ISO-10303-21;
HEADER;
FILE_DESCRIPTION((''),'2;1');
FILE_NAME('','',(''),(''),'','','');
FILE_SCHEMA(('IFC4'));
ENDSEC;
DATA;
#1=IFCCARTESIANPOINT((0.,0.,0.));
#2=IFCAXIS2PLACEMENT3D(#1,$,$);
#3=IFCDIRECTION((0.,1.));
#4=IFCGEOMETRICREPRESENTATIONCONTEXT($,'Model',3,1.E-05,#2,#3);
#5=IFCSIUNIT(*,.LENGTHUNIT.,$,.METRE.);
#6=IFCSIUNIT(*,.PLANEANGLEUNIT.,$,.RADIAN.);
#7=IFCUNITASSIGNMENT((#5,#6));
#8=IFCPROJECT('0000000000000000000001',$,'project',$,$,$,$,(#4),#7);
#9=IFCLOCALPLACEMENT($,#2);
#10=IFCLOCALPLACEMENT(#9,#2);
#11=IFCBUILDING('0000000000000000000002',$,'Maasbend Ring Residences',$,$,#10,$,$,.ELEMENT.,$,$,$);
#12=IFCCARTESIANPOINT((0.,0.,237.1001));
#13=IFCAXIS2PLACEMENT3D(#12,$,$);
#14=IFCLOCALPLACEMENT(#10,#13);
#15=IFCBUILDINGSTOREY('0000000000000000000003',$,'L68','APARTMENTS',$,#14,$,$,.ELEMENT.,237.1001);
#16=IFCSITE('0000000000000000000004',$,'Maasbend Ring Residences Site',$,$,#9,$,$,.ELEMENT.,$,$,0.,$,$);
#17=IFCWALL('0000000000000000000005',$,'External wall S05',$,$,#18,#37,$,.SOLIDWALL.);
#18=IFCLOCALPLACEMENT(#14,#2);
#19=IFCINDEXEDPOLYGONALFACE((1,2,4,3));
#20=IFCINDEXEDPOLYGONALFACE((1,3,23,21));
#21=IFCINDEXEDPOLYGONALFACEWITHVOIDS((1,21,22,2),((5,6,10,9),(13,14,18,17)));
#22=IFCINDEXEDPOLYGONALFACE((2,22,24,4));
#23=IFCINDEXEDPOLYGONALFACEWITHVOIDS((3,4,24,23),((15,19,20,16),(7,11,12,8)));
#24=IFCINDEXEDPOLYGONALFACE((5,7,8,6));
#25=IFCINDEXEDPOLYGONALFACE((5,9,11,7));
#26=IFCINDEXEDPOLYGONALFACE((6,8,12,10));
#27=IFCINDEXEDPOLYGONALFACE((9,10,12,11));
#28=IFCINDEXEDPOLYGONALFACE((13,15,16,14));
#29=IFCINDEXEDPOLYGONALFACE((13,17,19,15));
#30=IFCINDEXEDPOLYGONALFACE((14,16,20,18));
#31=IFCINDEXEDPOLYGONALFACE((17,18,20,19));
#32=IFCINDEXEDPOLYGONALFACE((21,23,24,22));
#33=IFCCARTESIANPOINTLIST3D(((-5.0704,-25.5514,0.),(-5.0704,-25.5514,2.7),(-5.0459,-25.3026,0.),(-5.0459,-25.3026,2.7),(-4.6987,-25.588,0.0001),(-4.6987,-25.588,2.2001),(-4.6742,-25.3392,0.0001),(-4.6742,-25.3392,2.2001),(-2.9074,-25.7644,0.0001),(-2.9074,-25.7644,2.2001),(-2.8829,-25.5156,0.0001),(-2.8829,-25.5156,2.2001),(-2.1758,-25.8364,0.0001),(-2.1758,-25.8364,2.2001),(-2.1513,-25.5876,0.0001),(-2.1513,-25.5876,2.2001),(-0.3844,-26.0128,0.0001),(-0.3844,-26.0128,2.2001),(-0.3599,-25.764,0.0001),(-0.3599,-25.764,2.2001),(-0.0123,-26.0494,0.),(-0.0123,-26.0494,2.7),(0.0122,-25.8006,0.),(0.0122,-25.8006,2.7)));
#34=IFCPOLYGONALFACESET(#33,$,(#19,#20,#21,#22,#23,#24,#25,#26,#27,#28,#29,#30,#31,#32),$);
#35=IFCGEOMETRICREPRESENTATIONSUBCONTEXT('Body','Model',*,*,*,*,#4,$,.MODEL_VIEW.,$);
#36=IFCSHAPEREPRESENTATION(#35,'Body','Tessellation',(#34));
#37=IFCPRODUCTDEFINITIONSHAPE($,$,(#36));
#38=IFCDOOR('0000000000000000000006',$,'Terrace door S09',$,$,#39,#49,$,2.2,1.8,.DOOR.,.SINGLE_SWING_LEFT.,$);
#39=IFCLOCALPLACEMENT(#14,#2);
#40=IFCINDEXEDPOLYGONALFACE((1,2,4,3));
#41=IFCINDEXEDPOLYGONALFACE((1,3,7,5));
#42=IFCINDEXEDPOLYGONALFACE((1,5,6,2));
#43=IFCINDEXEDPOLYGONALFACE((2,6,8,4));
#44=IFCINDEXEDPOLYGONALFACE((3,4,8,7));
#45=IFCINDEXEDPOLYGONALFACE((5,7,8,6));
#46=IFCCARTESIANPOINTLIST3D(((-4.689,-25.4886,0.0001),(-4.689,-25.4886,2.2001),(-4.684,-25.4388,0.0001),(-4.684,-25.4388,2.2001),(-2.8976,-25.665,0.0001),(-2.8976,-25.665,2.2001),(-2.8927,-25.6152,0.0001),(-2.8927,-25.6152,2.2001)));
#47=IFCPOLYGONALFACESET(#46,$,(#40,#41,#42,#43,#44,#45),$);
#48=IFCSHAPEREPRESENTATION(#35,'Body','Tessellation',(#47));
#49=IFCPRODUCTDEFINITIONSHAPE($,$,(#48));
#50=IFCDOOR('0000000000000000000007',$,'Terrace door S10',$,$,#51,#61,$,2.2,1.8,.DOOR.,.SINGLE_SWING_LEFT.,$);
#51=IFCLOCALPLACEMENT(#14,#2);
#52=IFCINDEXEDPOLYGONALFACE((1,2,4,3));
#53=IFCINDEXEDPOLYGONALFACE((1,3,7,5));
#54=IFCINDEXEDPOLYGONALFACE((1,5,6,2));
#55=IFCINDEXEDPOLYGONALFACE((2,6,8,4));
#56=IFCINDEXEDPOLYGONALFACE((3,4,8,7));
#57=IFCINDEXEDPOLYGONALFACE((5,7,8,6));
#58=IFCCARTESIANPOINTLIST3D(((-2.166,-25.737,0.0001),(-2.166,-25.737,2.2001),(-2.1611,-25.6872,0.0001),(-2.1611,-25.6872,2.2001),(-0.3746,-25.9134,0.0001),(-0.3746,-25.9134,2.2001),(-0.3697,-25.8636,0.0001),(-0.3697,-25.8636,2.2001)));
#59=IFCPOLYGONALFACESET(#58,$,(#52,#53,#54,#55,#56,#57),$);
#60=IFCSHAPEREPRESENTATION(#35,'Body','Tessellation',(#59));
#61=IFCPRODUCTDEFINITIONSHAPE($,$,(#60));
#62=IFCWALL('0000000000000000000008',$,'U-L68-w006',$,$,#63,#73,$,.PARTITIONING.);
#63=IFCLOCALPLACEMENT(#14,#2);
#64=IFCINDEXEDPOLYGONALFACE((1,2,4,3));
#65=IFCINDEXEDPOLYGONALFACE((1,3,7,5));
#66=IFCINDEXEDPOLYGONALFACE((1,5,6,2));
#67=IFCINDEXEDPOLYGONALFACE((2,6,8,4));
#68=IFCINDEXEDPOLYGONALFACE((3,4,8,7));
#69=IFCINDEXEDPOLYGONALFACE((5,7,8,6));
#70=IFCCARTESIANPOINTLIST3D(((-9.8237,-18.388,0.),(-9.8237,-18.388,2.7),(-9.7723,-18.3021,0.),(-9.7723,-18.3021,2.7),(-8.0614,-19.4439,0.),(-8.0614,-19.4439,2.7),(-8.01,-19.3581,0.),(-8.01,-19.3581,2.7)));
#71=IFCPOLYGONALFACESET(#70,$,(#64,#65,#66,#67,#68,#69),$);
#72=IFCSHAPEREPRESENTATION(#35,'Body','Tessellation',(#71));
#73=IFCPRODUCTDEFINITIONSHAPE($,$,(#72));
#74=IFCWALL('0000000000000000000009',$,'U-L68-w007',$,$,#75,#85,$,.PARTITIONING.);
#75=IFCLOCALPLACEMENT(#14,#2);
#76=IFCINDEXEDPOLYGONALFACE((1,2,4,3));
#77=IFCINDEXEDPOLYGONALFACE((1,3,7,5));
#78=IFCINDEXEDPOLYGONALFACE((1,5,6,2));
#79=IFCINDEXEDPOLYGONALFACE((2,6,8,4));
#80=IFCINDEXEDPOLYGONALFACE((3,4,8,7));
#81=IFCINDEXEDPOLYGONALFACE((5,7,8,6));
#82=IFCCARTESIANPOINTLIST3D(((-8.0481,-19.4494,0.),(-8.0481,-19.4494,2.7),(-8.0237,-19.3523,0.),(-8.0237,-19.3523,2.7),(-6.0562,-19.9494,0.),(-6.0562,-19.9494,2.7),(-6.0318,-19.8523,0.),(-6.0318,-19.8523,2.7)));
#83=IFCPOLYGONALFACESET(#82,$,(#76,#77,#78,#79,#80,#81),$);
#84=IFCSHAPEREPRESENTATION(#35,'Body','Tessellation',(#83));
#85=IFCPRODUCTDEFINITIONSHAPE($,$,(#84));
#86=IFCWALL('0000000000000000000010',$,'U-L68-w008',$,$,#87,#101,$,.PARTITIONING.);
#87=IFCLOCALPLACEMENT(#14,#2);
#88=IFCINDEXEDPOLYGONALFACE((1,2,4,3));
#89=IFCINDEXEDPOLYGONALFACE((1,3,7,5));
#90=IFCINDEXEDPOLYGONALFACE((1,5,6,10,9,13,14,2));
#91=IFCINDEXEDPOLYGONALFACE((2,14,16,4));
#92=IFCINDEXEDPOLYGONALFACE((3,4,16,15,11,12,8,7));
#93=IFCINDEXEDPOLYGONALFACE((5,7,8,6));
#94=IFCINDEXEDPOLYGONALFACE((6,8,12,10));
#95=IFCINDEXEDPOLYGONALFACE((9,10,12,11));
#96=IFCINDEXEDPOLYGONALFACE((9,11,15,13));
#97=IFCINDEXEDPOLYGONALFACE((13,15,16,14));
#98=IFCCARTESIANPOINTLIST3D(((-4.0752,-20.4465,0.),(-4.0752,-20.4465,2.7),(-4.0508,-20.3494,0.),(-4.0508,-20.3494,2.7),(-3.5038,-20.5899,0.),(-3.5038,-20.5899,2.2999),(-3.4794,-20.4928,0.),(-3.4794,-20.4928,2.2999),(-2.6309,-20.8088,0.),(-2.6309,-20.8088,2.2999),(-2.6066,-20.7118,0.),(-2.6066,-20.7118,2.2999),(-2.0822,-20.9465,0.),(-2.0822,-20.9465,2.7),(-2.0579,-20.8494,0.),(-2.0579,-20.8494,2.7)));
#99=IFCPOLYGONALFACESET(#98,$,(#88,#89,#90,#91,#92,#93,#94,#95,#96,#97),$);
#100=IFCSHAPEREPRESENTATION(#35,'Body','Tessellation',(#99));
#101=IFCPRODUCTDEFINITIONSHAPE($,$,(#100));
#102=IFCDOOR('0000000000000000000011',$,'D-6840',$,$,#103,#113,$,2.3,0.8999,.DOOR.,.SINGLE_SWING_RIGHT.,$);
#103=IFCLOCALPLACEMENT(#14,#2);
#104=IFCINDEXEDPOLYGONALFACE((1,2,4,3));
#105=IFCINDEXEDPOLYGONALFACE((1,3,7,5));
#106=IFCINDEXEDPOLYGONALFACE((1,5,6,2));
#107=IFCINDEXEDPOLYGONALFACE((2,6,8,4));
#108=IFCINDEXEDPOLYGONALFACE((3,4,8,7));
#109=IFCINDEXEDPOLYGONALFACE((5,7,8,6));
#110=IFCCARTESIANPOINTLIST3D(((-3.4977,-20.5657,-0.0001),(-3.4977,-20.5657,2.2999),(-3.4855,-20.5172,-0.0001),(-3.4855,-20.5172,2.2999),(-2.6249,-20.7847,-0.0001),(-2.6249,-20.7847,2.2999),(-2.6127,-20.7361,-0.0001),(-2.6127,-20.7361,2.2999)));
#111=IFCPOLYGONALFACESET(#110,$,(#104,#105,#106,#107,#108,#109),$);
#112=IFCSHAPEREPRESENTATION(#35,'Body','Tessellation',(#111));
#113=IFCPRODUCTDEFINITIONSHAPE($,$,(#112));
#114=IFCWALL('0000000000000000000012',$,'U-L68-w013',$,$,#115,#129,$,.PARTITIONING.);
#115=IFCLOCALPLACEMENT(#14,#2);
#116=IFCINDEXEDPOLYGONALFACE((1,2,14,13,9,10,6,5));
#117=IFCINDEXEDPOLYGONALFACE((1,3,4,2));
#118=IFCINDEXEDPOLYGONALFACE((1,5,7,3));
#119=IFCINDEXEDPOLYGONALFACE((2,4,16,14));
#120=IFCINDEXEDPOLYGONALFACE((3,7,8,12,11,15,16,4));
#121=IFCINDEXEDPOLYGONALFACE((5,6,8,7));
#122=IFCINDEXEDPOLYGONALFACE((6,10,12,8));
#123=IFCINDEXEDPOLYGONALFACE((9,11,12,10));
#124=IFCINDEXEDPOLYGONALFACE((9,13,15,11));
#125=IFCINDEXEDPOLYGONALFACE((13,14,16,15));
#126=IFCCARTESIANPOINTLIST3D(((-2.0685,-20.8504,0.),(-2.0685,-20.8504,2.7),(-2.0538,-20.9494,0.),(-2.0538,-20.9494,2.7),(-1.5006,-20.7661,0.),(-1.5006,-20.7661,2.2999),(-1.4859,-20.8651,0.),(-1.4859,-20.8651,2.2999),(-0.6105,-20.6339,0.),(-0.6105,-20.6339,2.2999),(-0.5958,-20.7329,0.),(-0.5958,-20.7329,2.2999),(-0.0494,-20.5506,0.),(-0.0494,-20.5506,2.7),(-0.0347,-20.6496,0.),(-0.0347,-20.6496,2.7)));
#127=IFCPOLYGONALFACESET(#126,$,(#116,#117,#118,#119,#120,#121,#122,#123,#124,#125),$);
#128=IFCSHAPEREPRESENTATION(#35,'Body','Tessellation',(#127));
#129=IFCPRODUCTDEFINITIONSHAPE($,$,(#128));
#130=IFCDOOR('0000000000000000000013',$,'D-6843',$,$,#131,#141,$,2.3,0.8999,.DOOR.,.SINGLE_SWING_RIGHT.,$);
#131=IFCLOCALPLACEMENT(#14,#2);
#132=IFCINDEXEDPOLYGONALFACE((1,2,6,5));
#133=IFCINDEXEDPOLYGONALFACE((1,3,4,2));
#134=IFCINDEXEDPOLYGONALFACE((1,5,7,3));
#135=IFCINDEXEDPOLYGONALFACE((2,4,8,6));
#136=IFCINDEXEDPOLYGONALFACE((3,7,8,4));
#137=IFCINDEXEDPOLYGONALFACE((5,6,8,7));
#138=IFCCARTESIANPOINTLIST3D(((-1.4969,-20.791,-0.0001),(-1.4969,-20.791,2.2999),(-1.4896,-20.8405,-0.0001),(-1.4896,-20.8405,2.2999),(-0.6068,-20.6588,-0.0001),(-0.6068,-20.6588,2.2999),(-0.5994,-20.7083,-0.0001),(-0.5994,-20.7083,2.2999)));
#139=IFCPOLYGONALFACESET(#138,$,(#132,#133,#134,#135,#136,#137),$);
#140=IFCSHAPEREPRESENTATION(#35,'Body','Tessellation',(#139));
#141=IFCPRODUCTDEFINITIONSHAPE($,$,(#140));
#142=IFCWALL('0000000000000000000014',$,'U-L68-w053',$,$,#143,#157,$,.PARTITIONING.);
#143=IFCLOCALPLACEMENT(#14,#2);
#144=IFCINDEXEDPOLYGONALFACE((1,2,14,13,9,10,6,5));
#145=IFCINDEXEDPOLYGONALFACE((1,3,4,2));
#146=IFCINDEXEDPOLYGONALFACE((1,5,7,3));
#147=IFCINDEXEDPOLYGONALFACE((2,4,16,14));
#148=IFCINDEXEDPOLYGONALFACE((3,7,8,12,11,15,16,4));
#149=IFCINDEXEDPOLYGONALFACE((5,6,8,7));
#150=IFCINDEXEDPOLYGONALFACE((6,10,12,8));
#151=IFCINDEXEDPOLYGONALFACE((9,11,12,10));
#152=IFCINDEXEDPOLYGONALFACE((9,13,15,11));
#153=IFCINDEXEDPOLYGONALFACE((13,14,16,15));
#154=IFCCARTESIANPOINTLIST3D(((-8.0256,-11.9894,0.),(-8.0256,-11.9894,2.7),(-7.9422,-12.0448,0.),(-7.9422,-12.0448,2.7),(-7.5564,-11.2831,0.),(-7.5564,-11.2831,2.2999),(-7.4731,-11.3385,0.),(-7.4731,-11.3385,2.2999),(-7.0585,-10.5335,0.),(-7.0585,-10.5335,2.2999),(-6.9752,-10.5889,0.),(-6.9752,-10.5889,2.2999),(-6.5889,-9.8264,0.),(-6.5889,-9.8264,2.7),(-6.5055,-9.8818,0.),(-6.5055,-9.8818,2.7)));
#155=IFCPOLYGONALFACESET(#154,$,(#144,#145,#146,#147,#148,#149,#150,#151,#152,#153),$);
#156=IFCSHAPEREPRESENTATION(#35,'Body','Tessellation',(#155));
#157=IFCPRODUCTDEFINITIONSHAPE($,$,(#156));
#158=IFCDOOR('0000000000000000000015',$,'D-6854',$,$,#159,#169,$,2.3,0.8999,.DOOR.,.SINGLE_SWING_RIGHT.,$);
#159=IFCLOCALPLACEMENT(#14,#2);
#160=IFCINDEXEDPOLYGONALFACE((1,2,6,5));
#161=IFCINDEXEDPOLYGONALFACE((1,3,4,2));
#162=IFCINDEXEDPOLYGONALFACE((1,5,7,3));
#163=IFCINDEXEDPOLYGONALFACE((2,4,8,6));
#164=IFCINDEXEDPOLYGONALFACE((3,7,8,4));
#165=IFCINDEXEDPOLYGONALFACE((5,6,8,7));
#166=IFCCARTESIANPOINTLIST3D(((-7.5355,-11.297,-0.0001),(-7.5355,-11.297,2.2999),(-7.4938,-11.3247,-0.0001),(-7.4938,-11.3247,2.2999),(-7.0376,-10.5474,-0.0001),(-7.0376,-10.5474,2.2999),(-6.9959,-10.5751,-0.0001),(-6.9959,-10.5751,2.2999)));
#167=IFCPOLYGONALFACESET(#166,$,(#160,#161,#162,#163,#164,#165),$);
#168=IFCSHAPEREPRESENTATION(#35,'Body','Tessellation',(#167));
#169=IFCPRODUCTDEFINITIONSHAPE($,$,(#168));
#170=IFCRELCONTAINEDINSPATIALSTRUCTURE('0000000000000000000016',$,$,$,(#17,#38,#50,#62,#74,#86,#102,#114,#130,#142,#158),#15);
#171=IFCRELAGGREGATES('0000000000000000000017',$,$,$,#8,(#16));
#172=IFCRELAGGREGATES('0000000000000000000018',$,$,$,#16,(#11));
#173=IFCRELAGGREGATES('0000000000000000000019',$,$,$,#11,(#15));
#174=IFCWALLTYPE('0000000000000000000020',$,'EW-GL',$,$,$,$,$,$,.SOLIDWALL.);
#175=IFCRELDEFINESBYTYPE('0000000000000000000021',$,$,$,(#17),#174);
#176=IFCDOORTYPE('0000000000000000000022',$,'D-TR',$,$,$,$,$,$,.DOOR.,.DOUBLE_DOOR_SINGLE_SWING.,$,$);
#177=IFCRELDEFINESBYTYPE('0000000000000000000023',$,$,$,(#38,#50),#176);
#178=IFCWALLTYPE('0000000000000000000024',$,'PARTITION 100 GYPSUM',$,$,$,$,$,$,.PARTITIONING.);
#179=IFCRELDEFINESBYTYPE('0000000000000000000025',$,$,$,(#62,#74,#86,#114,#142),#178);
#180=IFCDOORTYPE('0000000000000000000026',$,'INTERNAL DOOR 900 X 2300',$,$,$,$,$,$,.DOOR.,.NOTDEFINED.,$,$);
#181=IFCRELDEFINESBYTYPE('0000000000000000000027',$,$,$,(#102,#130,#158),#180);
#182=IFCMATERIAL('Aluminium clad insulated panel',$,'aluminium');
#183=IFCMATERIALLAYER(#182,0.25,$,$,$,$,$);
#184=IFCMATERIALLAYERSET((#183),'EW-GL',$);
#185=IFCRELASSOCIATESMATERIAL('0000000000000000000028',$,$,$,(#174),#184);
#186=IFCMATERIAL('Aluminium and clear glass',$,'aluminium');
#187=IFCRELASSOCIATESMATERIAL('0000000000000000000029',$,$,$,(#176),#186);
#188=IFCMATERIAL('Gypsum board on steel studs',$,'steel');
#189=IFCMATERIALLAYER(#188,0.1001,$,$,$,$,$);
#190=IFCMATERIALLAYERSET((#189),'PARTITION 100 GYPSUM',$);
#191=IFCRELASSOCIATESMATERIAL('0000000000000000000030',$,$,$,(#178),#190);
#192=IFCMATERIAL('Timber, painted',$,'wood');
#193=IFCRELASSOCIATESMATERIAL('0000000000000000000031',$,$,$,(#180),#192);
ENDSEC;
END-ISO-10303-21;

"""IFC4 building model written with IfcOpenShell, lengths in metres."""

from ifc_helpers import new_model, si_unit, direction, frame, frame_2d, origin, place, context, subcontext, project, spatial, rectangle, extrude, material, layer, layer_set, type_object, element, fill, save


model = new_model("IFC4")

# Units and contexts
model_context = context("Model", 3, precision=1e-05, world=origin(), true_north=direction((0.0, 1.0)))
body_context = subcontext(model_context, "Body", "Model", "MODEL_VIEW")
ifc_project = project(units=[si_unit("LENGTHUNIT", "METRE"), si_unit("PLANEANGLEUNIT", "RADIAN")], contexts=[model_context])

# Site, building, storey
site_placement = place(None, origin())
site = spatial("IfcSite", under=ifc_project, at=site_placement, Name="Maasbend Ring Residences Site", CompositionType="ELEMENT", RefElevation=0.0)
building_placement = place(site_placement, origin())
building = spatial("IfcBuilding", under=site, at=building_placement, Name="Maasbend Ring Residences", CompositionType="ELEMENT")
storey_placement = place(building_placement, frame((0.0, 0.0, 237.1001)))
storey = spatial("IfcBuildingStorey", under=building, at=storey_placement, Name="L68", Description="APARTMENTS", CompositionType="ELEMENT", Elevation=237.1001)

# Wall, openings, doors
ifc_material_1 = material(Name="Aluminium clad insulated panel", Category="aluminium")
ifc_layer_1 = layer(ifc_material_1, 0.25)
ifc_layer_set_1 = layer_set([ifc_layer_1], Name="EW-GL")
wall_type_1 = type_object("IfcWallType", Name="EW-GL", PredefinedType="SOLIDWALL", material=ifc_layer_set_1)
wall_1_placement = place(storey_placement, frame((-5.0581, -25.427, 0.0), z_axis=(0.0, 0.0, 1.0), x_axis=(0.995187, -0.097991, 0.0)))
wall_1 = element("IfcWall", 1, at=wall_1_placement, inside=storey, type_object=wall_type_1, Name="External wall S05", PredefinedType="SOLIDWALL", context=body_context, shape_type="SweptSolid", body=[
    extrude(rectangle(XDim=5.0825, YDim=0.25, at=frame_2d((2.5413, 0.0))), origin(), (0.0, 0.0, 1.0), 2.7),
])
opening_1_placement = place(wall_1_placement, frame((0.3735, 0.0, 0.0)))
opening_1 = element("IfcOpeningElement", 2, at=opening_1_placement, cuts=wall_1, PredefinedType="OPENING", context=body_context, shape_type="SweptSolid", body=[
    extrude(rectangle(XDim=1.8, YDim=2.2, at=frame_2d((0.8999, 1.1001))), frame((0.0, 0.135, 0.0), z_axis=(0.0, -1.0, 0.0), x_axis=(1.0, 0.0, 0.0)), (0.0, 0.0, 1.0), 0.27),
])
opening_2_placement = place(wall_1_placement, frame((2.9087, 0.0, 0.0)))
opening_2 = element("IfcOpeningElement", 3, at=opening_2_placement, cuts=wall_1, PredefinedType="OPENING", context=body_context, shape_type="SweptSolid", body=[
    extrude(rectangle(XDim=1.8, YDim=2.2, at=frame_2d((0.8999, 1.1001))), frame((0.0, 0.135, 0.0), z_axis=(0.0, -1.0, 0.0), x_axis=(1.0, 0.0, 0.0)), (0.0, 0.0, 1.0), 0.27),
])
ifc_material_2 = material(Name="Aluminium and clear glass", Category="aluminium")
door_type_1 = type_object("IfcDoorType", Name="D-TR", OperationType="DOUBLE_DOOR_SINGLE_SWING", PredefinedType="DOOR", material=ifc_material_2)
door_1_placement = place(opening_1_placement, origin())
door_1 = element("IfcDoor", 4, at=door_1_placement, inside=storey, type_object=door_type_1, Name="Terrace door S09", OperationType="SINGLE_SWING_LEFT", OverallHeight=2.2, OverallWidth=1.8, PredefinedType="DOOR", context=body_context, shape_type="SweptSolid", body=[
    extrude(rectangle(XDim=1.8, YDim=2.2, at=frame_2d((0.8999, 1.1001))), frame((0.0, 0.0249, 0.0), z_axis=(0.0, -1.0, 0.0), x_axis=(1.0, 0.0, 0.0)), (0.0, 0.0, 1.0), 0.05),
])
fill(opening_1, door_1)
door_2_placement = place(opening_2_placement, origin())
door_2 = element("IfcDoor", 5, at=door_2_placement, inside=storey, type_object=door_type_1, Name="Terrace door S10", OperationType="SINGLE_SWING_LEFT", OverallHeight=2.2, OverallWidth=1.8, PredefinedType="DOOR", context=body_context, shape_type="SweptSolid", body=[
    extrude(rectangle(XDim=1.8, YDim=2.2, at=frame_2d((0.8999, 1.1001))), frame((0.0, 0.0249, 0.0), z_axis=(0.0, -1.0, 0.0), x_axis=(1.0, 0.0, 0.0)), (0.0, 0.0, 1.0), 0.05),
])
fill(opening_2, door_2)

# Walls
ifc_material_3 = material(Name="Gypsum board on steel studs", Category="steel")
ifc_layer_2 = layer(ifc_material_3, 0.1001)
ifc_layer_set_2 = layer_set([ifc_layer_2], Name="PARTITION 100 GYPSUM")
wall_type_2 = type_object("IfcWallType", Name="PARTITION 100 GYPSUM", PredefinedType="PARTITIONING", material=ifc_layer_set_2)
wall_2_placement = place(storey_placement, frame((-9.7981, -18.345, 0.0), z_axis=(0.0, 0.0, 1.0), x_axis=(0.857797, -0.513989, 0.0)))
element("IfcWall", 6, at=wall_2_placement, inside=storey, type_object=wall_type_2, Name="U-L68-w006", PredefinedType="PARTITIONING", context=body_context, shape_type="SweptSolid", body=[
    extrude(rectangle(XDim=2.0544, YDim=0.1001, at=frame_2d((1.0273, 0.0))), origin(), (0.0, 0.0, 1.0), 2.7),
])
wall_3_placement = place(storey_placement, frame((-8.0359, -19.4009, 0.0), z_axis=(0.0, 0.0, 1.0), x_axis=(0.969911, -0.243459, 0.0)))
element("IfcWall", 7, at=wall_3_placement, inside=storey, type_object=wall_type_2, Name="U-L68-w007", PredefinedType="PARTITIONING", context=body_context, shape_type="SweptSolid", body=[
    extrude(rectangle(XDim=2.0537, YDim=0.1001, at=frame_2d((1.0269, 0.0))), origin(), (0.0, 0.0, 1.0), 2.7),
])

# Walls, openings, doors
wall_4_placement = place(storey_placement, frame((-4.063, -20.3979, 0.0), z_axis=(0.0, 0.0, 1.0), x_axis=(0.969939, -0.243346, 0.0)))
wall_4 = element("IfcWall", 8, at=wall_4_placement, inside=storey, type_object=wall_type_2, Name="U-L68-w008", PredefinedType="PARTITIONING", context=body_context, shape_type="SweptSolid", body=[
    extrude(rectangle(XDim=2.0547, YDim=0.1001, at=frame_2d((1.0273, 0.0))), origin(), (0.0, 0.0, 1.0), 2.7),
])
opening_3_placement = place(wall_4_placement, frame((0.5891, 0.0, 0.0)))
opening_3 = element("IfcOpeningElement", 9, at=opening_3_placement, cuts=wall_4, PredefinedType="OPENING", context=body_context, shape_type="SweptSolid", body=[
    extrude(rectangle(XDim=0.8999, YDim=2.3, at=frame_2d((0.45, 1.1499))), frame((0.0, 0.0601, 0.0), z_axis=(0.0, -1.0, 0.0), x_axis=(1.0, 0.0, 0.0)), (0.0, 0.0, 1.0), 0.1201),
])
ifc_material_4 = material(Name="Timber, painted", Category="wood")
door_type_2 = type_object("IfcDoorType", Name="INTERNAL DOOR 900 X 2300", OperationType="NOTDEFINED", PredefinedType="DOOR", material=ifc_material_4)
door_3_placement = place(opening_3_placement, origin())
door_3 = element("IfcDoor", 10, at=door_3_placement, inside=storey, type_object=door_type_2, Name="D-6840", OperationType="SINGLE_SWING_RIGHT", OverallHeight=2.3, OverallWidth=0.8999, PredefinedType="DOOR", context=body_context, shape_type="SweptSolid", body=[
    extrude(rectangle(XDim=0.8999, YDim=2.3, at=frame_2d((0.45, 1.1499))), frame((0.0, 0.0249, 0.0), z_axis=(0.0, -1.0, 0.0), x_axis=(1.0, 0.0, 0.0)), (0.0, 0.0, 1.0), 0.05),
])
fill(opening_3, door_3)
wall_5_placement = place(storey_placement, frame((-2.061, -20.8999, 0.0), z_axis=(0.0, 0.0, 1.0), x_axis=(0.989155, 0.146878, 0.0)))
wall_5 = element("IfcWall", 11, at=wall_5_placement, inside=storey, type_object=wall_type_2, Name="U-L68-w013", PredefinedType="PARTITIONING", context=body_context, shape_type="SweptSolid", body=[
    extrude(rectangle(XDim=2.0413, YDim=0.1001, at=frame_2d((1.0205, 0.0))), origin(), (0.0, 0.0, 1.0), 2.7),
])
opening_4_placement = place(wall_5_placement, frame((0.574, 0.0, 0.0)))
opening_4 = element("IfcOpeningElement", 12, at=opening_4_placement, cuts=wall_5, PredefinedType="OPENING", context=body_context, shape_type="SweptSolid", body=[
    extrude(rectangle(XDim=0.8999, YDim=2.3, at=frame_2d((0.45, 1.1499))), frame((0.0, 0.0601, 0.0), z_axis=(0.0, -1.0, 0.0), x_axis=(1.0, 0.0, 0.0)), (0.0, 0.0, 1.0), 0.1201),
])
door_4_placement = place(opening_4_placement, origin())
door_4 = element("IfcDoor", 13, at=door_4_placement, inside=storey, type_object=door_type_2, Name="D-6843", OperationType="SINGLE_SWING_RIGHT", OverallHeight=2.3, OverallWidth=0.8999, PredefinedType="DOOR", context=body_context, shape_type="SweptSolid", body=[
    extrude(rectangle(XDim=0.8999, YDim=2.3, at=frame_2d((0.45, 1.1499))), frame((0.0, 0.0249, 0.0), z_axis=(0.0, -1.0, 0.0), x_axis=(1.0, 0.0, 0.0)), (0.0, 0.0, 1.0), 0.05),
])
fill(opening_4, door_4)
wall_6_placement = place(storey_placement, frame((-7.9839, -12.0171, 0.0), z_axis=(0.0, 0.0, 1.0), x_axis=(0.553289, 0.832989, 0.0)))
wall_6 = element("IfcWall", 14, at=wall_6_placement, inside=storey, type_object=wall_type_2, Name="U-L68-w053", PredefinedType="PARTITIONING", context=body_context, shape_type="SweptSolid", body=[
    extrude(rectangle(XDim=2.5967, YDim=0.1001, at=frame_2d((1.2983, 0.0))), origin(), (0.0, 0.0, 1.0), 2.7),
])
opening_5_placement = place(wall_6_placement, frame((0.8479, 0.0, 0.0)))
opening_5 = element("IfcOpeningElement", 15, at=opening_5_placement, cuts=wall_6, PredefinedType="OPENING", context=body_context, shape_type="SweptSolid", body=[
    extrude(rectangle(XDim=0.8999, YDim=2.3, at=frame_2d((0.45, 1.1499))), frame((0.0, 0.0601, 0.0), z_axis=(0.0, -1.0, 0.0), x_axis=(1.0, 0.0, 0.0)), (0.0, 0.0, 1.0), 0.1201),
])
door_5_placement = place(opening_5_placement, origin())
door_5 = element("IfcDoor", 16, at=door_5_placement, inside=storey, type_object=door_type_2, Name="D-6854", OperationType="SINGLE_SWING_RIGHT", OverallHeight=2.3, OverallWidth=0.8999, PredefinedType="DOOR", context=body_context, shape_type="SweptSolid", body=[
    extrude(rectangle(XDim=0.8999, YDim=2.3, at=frame_2d((0.45, 1.1499))), frame((0.0, 0.0249, 0.0), z_axis=(0.0, -1.0, 0.0), x_axis=(1.0, 0.0, 0.0)), (0.0, 0.0, 1.0), 0.05),
])
fill(opening_5, door_5)

save(model, "model.ifc")
